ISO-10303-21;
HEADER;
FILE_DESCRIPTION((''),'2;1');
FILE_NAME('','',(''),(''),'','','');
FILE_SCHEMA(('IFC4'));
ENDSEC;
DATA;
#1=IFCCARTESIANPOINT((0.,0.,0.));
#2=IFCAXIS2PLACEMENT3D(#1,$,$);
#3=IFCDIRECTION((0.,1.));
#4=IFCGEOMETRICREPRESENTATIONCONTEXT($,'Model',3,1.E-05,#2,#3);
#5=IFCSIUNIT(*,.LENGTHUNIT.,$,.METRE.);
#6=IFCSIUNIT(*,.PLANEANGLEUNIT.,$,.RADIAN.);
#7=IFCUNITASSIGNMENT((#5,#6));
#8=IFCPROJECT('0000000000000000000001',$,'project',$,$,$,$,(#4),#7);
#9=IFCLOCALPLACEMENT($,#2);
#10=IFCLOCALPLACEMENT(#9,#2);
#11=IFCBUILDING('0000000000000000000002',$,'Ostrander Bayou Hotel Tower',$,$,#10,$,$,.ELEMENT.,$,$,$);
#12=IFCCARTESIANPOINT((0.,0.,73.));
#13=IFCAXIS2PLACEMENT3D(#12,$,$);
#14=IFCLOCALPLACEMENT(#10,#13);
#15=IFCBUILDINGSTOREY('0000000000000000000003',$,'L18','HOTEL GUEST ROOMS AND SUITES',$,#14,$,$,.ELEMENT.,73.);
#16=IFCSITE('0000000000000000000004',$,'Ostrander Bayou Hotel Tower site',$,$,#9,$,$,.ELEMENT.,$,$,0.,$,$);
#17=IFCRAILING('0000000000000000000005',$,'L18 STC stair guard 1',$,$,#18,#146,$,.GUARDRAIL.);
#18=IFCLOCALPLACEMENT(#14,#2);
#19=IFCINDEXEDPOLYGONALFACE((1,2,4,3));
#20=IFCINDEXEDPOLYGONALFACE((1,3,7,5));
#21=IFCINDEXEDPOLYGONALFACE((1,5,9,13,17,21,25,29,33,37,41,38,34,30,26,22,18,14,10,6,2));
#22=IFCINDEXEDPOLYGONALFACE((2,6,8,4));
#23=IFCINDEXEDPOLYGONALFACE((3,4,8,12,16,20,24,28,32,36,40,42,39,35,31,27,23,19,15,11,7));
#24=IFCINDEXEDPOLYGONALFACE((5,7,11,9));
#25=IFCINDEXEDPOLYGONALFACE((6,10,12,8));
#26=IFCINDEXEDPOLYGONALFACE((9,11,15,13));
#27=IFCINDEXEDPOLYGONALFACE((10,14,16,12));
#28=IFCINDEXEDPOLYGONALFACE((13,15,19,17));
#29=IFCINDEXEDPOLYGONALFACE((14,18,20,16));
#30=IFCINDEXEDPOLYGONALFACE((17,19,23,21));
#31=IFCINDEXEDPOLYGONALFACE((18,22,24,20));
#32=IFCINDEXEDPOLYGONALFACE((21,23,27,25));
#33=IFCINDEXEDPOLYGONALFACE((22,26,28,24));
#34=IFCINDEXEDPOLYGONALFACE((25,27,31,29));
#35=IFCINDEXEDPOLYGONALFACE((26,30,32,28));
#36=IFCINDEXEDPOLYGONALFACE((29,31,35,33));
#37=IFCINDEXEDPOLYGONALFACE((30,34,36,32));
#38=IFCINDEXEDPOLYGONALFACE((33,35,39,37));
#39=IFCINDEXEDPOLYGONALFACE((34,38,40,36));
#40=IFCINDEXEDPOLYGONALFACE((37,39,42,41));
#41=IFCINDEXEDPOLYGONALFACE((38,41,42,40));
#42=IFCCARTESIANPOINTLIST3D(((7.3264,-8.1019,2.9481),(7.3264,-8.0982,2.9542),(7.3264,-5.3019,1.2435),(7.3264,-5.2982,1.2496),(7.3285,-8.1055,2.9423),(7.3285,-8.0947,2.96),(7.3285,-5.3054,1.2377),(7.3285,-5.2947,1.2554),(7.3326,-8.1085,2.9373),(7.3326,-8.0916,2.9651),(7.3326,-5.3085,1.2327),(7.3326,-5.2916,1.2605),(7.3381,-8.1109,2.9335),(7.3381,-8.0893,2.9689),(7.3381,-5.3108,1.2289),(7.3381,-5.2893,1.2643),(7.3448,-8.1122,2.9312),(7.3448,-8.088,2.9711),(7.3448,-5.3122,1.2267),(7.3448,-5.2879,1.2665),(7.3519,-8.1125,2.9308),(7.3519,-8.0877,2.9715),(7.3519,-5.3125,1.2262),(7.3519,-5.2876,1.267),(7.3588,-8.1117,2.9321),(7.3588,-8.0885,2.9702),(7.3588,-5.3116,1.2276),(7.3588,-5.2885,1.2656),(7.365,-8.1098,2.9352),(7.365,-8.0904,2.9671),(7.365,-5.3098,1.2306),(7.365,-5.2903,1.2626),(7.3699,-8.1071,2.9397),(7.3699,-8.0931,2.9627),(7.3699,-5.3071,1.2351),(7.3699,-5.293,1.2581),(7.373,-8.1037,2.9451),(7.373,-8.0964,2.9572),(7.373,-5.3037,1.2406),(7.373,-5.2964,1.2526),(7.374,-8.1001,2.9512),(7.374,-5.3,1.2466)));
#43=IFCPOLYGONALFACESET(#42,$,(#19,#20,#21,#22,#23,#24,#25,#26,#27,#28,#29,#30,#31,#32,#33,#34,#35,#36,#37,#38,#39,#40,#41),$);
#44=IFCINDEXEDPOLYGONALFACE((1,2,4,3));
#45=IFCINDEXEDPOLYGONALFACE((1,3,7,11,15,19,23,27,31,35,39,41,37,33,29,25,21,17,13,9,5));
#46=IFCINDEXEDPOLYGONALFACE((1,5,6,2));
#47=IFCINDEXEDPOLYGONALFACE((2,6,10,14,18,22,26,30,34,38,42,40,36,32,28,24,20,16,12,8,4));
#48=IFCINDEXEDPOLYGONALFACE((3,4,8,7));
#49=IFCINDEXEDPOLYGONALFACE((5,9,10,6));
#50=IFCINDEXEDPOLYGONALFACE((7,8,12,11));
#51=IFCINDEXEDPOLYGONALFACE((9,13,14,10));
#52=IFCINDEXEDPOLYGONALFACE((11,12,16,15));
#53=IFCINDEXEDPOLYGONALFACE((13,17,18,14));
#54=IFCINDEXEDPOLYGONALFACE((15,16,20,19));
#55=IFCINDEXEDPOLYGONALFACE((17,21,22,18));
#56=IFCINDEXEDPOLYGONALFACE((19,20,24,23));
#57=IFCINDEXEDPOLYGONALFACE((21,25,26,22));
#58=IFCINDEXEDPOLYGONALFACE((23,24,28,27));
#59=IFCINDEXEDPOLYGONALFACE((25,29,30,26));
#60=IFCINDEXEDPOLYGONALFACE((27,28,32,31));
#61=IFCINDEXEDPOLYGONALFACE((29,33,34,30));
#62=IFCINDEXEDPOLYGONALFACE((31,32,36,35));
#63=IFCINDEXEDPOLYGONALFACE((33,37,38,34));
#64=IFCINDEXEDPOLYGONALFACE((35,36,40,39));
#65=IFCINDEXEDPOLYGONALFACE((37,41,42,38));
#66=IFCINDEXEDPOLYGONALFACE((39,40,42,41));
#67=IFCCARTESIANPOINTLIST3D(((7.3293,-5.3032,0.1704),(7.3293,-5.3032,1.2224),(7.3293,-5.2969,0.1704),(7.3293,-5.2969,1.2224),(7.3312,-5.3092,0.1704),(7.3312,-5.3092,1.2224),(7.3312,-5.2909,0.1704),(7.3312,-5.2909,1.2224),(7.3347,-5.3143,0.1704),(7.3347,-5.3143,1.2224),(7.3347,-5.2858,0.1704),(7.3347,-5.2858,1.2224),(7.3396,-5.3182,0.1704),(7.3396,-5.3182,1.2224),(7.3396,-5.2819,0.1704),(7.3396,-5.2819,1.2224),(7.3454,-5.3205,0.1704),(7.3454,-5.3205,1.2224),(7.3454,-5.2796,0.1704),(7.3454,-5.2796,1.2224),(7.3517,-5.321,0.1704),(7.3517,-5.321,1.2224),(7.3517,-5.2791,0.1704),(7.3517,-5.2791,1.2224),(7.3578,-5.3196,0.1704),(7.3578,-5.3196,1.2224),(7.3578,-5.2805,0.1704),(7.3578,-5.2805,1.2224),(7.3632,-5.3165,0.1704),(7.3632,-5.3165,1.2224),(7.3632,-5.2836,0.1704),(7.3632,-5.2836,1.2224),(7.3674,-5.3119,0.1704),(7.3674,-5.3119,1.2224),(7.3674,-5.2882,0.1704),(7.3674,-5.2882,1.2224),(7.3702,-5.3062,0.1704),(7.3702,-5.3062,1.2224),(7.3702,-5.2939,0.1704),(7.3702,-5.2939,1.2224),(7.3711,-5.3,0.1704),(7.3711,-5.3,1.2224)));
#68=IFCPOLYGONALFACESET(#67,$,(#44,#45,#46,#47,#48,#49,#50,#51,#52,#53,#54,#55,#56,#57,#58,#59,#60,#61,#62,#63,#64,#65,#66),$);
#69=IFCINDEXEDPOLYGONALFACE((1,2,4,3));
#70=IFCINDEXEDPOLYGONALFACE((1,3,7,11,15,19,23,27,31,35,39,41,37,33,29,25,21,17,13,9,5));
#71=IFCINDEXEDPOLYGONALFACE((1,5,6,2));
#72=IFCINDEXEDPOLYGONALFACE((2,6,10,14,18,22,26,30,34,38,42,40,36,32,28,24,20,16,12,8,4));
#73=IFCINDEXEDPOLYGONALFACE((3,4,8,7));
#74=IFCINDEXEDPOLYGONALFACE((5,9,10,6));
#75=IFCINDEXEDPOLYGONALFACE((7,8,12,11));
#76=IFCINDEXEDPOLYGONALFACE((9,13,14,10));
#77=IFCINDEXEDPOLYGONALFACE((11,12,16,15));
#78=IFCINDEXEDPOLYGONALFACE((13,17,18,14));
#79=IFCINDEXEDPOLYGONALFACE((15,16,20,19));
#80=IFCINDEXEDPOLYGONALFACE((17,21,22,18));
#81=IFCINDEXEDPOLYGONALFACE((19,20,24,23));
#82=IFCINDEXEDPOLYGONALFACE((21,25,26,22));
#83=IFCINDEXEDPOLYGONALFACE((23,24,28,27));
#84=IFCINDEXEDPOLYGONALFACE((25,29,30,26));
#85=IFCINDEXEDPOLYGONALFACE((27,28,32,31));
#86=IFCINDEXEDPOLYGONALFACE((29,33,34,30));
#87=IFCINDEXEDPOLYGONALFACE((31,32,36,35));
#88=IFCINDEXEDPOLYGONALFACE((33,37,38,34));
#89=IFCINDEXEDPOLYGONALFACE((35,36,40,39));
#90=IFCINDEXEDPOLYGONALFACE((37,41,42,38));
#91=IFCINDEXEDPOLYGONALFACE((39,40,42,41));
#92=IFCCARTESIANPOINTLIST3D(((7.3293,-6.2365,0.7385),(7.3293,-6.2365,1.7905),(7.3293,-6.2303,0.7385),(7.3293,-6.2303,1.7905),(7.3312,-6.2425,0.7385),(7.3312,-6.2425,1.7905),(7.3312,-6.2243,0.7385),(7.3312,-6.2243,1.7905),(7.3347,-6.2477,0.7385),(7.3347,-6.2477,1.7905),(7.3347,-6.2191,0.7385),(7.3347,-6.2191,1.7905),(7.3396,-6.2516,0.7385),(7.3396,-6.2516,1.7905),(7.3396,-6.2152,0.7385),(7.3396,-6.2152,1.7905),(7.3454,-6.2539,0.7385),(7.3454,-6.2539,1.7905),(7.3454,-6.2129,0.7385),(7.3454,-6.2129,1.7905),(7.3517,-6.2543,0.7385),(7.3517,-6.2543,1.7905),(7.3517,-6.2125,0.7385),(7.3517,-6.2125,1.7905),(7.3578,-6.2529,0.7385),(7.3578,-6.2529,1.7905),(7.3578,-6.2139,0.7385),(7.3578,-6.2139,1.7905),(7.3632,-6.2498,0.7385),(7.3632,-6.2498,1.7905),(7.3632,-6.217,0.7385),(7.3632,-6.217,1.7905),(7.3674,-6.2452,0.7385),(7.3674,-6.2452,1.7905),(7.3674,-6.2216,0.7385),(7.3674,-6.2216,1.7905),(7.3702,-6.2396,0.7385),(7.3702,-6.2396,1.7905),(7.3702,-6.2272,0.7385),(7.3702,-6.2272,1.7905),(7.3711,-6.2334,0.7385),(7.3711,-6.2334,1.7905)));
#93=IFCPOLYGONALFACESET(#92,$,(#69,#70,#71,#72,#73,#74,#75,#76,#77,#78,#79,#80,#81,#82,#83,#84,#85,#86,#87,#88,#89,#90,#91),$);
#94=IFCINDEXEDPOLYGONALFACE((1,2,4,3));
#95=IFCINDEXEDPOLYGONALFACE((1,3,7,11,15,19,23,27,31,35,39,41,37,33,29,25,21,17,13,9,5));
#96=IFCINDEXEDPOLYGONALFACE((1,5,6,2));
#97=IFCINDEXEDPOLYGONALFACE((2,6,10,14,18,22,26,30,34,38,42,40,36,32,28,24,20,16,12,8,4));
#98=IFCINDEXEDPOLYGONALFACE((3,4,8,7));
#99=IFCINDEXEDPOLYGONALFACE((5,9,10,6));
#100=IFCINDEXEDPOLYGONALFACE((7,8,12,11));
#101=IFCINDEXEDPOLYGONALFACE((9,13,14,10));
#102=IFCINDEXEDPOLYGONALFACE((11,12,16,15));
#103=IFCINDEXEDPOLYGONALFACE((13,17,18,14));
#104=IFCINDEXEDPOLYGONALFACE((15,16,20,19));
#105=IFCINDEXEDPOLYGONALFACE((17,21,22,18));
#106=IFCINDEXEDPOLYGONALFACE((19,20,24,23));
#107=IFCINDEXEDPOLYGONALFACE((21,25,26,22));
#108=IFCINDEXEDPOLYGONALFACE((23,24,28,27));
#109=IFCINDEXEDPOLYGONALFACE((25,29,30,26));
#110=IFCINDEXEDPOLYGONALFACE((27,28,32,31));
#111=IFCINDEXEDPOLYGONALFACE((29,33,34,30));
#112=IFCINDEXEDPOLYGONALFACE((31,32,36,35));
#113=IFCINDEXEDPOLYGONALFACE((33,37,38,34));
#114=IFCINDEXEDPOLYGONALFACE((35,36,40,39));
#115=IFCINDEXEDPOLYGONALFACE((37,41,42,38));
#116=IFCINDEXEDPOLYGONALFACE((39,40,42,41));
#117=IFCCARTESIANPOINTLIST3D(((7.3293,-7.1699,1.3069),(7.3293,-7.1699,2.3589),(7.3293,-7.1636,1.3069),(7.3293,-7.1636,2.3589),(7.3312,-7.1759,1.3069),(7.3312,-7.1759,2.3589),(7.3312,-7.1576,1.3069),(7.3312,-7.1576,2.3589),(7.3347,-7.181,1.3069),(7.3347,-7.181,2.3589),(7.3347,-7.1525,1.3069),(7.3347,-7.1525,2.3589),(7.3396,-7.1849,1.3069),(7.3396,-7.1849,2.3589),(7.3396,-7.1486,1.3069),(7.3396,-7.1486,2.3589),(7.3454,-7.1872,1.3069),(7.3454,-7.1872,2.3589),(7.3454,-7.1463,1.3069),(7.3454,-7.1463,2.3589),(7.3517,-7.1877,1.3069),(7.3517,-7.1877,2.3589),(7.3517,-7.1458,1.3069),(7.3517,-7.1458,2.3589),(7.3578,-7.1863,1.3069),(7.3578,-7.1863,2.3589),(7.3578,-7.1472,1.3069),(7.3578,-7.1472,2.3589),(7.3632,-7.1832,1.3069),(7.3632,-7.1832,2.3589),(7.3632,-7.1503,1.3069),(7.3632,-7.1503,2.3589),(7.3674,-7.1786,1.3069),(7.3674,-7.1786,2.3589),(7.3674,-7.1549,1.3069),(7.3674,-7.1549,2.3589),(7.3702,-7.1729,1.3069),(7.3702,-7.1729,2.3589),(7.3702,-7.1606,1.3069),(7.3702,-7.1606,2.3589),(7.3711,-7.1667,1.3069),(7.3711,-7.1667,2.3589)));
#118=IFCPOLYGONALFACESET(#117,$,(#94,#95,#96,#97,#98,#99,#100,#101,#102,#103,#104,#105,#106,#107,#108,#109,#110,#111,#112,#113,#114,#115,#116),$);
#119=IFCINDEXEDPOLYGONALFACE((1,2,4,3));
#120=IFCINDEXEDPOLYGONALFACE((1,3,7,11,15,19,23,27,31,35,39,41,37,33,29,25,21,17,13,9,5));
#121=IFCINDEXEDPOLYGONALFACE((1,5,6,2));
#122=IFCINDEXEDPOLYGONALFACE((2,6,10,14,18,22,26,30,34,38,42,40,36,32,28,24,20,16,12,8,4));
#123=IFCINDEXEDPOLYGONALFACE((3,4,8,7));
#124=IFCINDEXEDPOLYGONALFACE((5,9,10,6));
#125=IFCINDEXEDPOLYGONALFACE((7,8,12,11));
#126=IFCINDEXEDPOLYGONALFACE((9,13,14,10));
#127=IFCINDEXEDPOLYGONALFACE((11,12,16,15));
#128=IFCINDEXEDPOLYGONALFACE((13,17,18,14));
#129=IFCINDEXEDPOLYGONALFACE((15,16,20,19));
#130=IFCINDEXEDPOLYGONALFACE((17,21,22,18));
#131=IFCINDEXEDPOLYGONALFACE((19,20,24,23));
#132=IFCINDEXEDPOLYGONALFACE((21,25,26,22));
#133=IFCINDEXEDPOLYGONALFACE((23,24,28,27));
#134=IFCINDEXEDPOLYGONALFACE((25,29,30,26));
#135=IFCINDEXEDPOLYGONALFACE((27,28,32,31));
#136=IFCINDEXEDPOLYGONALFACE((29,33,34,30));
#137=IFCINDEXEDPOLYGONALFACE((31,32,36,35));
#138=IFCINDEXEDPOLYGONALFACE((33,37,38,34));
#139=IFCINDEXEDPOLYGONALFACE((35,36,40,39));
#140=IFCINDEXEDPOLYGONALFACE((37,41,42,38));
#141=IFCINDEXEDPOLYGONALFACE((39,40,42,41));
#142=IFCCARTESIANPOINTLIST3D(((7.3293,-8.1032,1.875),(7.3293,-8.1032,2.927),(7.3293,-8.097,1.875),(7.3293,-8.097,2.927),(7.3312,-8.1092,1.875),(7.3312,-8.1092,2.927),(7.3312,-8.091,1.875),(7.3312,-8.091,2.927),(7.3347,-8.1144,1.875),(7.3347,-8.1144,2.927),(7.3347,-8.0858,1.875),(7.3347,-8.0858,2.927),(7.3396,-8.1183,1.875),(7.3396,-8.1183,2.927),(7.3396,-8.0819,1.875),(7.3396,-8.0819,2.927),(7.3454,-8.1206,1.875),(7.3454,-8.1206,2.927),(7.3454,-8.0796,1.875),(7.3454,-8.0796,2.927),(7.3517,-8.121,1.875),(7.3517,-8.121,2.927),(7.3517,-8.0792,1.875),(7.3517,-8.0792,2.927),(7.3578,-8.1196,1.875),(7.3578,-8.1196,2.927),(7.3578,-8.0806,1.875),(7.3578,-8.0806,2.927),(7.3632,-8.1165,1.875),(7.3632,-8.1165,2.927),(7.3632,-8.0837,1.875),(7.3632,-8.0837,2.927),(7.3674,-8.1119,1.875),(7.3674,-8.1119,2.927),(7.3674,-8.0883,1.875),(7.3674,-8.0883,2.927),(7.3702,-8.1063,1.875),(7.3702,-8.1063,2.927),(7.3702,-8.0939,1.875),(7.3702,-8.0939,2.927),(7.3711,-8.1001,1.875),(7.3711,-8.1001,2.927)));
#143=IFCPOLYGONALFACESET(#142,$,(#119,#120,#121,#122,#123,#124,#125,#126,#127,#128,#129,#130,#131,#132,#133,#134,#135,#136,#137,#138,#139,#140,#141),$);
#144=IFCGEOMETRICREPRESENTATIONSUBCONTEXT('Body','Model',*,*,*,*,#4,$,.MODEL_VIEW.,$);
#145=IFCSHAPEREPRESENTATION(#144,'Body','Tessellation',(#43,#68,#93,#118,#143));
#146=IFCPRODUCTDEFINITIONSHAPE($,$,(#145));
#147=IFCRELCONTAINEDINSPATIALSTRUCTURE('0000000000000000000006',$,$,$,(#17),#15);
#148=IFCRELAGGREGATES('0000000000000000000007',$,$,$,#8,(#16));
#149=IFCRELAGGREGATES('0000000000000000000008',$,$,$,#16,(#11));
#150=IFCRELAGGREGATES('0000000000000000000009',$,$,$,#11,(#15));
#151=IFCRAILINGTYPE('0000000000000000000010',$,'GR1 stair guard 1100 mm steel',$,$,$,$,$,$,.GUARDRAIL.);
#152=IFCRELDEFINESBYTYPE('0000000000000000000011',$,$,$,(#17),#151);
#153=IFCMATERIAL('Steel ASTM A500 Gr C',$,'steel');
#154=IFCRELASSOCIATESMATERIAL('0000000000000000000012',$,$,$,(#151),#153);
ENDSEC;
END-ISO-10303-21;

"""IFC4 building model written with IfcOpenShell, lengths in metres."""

from ifc_helpers import new_model, si_unit, direction, frame, origin, origin_2d, place, context, subcontext, project, spatial, circle, extrude, material, type_object, element, save


model = new_model("IFC4")

# Units and contexts
model_context = context("Model", 3, precision=1e-05, world=origin(), true_north=direction((0.0, 1.0)))
body_context = subcontext(model_context, "Body", "Model", "MODEL_VIEW")
ifc_project = project(units=[si_unit("LENGTHUNIT", "METRE"), si_unit("PLANEANGLEUNIT", "RADIAN")], contexts=[model_context])

# Site, building, storey
site_placement = place(None, origin())
site = spatial("IfcSite", under=ifc_project, at=site_placement, Name="Ostrander Bayou Hotel Tower site", CompositionType="ELEMENT", RefElevation=0.0)
building_placement = place(site_placement, origin())
building = spatial("IfcBuilding", under=site, at=building_placement, Name="Ostrander Bayou Hotel Tower", CompositionType="ELEMENT")
storey_placement = place(building_placement, frame((0.0, 0.0, 73.0)))
storey = spatial("IfcBuildingStorey", under=building, at=storey_placement, Name="L18", Description="HOTEL GUEST ROOMS AND SUITES", CompositionType="ELEMENT", Elevation=73.0)

# Railing
ifc_material_1 = material(Name="Steel ASTM A500 Gr C", Category="steel")
railing_type_1 = type_object("IfcRailingType", Name="GR1 stair guard 1100 mm steel", PredefinedType="GUARDRAIL", material=ifc_material_1)
railing_1_placement = place(storey_placement, frame((7.3501, -5.3, 0.1704)))
element("IfcRailing", 1, at=railing_1_placement, inside=storey, type_object=railing_type_1, Name="L18 STC stair guard 1", PredefinedType="GUARDRAIL", context=body_context, shape_type="SweptSolid", body=[
    extrude(circle(Radius=0.0239, at=origin_2d()), frame((0.0, 0.0, 1.0762), z_axis=(0.0, -0.85417, 0.519994), x_axis=(1.0, 0.0, 0.0)), (0.0, 0.0, 1.0), 3.2781),
    extrude(circle(Radius=0.021, at=origin_2d()), origin(), (0.0, 0.0, 1.0), 1.052),
    extrude(circle(Radius=0.021, at=origin_2d()), frame((0.0, -0.9333, 0.5681)), (0.0, 0.0, 1.0), 1.052),
    extrude(circle(Radius=0.021, at=origin_2d()), frame((0.0, -1.8667, 1.1365)), (0.0, 0.0, 1.0), 1.052),
    extrude(circle(Radius=0.021, at=origin_2d()), frame((0.0, -2.8, 1.7046)), (0.0, 0.0, 1.0), 1.052),
])

save(model, "model.ifc")
